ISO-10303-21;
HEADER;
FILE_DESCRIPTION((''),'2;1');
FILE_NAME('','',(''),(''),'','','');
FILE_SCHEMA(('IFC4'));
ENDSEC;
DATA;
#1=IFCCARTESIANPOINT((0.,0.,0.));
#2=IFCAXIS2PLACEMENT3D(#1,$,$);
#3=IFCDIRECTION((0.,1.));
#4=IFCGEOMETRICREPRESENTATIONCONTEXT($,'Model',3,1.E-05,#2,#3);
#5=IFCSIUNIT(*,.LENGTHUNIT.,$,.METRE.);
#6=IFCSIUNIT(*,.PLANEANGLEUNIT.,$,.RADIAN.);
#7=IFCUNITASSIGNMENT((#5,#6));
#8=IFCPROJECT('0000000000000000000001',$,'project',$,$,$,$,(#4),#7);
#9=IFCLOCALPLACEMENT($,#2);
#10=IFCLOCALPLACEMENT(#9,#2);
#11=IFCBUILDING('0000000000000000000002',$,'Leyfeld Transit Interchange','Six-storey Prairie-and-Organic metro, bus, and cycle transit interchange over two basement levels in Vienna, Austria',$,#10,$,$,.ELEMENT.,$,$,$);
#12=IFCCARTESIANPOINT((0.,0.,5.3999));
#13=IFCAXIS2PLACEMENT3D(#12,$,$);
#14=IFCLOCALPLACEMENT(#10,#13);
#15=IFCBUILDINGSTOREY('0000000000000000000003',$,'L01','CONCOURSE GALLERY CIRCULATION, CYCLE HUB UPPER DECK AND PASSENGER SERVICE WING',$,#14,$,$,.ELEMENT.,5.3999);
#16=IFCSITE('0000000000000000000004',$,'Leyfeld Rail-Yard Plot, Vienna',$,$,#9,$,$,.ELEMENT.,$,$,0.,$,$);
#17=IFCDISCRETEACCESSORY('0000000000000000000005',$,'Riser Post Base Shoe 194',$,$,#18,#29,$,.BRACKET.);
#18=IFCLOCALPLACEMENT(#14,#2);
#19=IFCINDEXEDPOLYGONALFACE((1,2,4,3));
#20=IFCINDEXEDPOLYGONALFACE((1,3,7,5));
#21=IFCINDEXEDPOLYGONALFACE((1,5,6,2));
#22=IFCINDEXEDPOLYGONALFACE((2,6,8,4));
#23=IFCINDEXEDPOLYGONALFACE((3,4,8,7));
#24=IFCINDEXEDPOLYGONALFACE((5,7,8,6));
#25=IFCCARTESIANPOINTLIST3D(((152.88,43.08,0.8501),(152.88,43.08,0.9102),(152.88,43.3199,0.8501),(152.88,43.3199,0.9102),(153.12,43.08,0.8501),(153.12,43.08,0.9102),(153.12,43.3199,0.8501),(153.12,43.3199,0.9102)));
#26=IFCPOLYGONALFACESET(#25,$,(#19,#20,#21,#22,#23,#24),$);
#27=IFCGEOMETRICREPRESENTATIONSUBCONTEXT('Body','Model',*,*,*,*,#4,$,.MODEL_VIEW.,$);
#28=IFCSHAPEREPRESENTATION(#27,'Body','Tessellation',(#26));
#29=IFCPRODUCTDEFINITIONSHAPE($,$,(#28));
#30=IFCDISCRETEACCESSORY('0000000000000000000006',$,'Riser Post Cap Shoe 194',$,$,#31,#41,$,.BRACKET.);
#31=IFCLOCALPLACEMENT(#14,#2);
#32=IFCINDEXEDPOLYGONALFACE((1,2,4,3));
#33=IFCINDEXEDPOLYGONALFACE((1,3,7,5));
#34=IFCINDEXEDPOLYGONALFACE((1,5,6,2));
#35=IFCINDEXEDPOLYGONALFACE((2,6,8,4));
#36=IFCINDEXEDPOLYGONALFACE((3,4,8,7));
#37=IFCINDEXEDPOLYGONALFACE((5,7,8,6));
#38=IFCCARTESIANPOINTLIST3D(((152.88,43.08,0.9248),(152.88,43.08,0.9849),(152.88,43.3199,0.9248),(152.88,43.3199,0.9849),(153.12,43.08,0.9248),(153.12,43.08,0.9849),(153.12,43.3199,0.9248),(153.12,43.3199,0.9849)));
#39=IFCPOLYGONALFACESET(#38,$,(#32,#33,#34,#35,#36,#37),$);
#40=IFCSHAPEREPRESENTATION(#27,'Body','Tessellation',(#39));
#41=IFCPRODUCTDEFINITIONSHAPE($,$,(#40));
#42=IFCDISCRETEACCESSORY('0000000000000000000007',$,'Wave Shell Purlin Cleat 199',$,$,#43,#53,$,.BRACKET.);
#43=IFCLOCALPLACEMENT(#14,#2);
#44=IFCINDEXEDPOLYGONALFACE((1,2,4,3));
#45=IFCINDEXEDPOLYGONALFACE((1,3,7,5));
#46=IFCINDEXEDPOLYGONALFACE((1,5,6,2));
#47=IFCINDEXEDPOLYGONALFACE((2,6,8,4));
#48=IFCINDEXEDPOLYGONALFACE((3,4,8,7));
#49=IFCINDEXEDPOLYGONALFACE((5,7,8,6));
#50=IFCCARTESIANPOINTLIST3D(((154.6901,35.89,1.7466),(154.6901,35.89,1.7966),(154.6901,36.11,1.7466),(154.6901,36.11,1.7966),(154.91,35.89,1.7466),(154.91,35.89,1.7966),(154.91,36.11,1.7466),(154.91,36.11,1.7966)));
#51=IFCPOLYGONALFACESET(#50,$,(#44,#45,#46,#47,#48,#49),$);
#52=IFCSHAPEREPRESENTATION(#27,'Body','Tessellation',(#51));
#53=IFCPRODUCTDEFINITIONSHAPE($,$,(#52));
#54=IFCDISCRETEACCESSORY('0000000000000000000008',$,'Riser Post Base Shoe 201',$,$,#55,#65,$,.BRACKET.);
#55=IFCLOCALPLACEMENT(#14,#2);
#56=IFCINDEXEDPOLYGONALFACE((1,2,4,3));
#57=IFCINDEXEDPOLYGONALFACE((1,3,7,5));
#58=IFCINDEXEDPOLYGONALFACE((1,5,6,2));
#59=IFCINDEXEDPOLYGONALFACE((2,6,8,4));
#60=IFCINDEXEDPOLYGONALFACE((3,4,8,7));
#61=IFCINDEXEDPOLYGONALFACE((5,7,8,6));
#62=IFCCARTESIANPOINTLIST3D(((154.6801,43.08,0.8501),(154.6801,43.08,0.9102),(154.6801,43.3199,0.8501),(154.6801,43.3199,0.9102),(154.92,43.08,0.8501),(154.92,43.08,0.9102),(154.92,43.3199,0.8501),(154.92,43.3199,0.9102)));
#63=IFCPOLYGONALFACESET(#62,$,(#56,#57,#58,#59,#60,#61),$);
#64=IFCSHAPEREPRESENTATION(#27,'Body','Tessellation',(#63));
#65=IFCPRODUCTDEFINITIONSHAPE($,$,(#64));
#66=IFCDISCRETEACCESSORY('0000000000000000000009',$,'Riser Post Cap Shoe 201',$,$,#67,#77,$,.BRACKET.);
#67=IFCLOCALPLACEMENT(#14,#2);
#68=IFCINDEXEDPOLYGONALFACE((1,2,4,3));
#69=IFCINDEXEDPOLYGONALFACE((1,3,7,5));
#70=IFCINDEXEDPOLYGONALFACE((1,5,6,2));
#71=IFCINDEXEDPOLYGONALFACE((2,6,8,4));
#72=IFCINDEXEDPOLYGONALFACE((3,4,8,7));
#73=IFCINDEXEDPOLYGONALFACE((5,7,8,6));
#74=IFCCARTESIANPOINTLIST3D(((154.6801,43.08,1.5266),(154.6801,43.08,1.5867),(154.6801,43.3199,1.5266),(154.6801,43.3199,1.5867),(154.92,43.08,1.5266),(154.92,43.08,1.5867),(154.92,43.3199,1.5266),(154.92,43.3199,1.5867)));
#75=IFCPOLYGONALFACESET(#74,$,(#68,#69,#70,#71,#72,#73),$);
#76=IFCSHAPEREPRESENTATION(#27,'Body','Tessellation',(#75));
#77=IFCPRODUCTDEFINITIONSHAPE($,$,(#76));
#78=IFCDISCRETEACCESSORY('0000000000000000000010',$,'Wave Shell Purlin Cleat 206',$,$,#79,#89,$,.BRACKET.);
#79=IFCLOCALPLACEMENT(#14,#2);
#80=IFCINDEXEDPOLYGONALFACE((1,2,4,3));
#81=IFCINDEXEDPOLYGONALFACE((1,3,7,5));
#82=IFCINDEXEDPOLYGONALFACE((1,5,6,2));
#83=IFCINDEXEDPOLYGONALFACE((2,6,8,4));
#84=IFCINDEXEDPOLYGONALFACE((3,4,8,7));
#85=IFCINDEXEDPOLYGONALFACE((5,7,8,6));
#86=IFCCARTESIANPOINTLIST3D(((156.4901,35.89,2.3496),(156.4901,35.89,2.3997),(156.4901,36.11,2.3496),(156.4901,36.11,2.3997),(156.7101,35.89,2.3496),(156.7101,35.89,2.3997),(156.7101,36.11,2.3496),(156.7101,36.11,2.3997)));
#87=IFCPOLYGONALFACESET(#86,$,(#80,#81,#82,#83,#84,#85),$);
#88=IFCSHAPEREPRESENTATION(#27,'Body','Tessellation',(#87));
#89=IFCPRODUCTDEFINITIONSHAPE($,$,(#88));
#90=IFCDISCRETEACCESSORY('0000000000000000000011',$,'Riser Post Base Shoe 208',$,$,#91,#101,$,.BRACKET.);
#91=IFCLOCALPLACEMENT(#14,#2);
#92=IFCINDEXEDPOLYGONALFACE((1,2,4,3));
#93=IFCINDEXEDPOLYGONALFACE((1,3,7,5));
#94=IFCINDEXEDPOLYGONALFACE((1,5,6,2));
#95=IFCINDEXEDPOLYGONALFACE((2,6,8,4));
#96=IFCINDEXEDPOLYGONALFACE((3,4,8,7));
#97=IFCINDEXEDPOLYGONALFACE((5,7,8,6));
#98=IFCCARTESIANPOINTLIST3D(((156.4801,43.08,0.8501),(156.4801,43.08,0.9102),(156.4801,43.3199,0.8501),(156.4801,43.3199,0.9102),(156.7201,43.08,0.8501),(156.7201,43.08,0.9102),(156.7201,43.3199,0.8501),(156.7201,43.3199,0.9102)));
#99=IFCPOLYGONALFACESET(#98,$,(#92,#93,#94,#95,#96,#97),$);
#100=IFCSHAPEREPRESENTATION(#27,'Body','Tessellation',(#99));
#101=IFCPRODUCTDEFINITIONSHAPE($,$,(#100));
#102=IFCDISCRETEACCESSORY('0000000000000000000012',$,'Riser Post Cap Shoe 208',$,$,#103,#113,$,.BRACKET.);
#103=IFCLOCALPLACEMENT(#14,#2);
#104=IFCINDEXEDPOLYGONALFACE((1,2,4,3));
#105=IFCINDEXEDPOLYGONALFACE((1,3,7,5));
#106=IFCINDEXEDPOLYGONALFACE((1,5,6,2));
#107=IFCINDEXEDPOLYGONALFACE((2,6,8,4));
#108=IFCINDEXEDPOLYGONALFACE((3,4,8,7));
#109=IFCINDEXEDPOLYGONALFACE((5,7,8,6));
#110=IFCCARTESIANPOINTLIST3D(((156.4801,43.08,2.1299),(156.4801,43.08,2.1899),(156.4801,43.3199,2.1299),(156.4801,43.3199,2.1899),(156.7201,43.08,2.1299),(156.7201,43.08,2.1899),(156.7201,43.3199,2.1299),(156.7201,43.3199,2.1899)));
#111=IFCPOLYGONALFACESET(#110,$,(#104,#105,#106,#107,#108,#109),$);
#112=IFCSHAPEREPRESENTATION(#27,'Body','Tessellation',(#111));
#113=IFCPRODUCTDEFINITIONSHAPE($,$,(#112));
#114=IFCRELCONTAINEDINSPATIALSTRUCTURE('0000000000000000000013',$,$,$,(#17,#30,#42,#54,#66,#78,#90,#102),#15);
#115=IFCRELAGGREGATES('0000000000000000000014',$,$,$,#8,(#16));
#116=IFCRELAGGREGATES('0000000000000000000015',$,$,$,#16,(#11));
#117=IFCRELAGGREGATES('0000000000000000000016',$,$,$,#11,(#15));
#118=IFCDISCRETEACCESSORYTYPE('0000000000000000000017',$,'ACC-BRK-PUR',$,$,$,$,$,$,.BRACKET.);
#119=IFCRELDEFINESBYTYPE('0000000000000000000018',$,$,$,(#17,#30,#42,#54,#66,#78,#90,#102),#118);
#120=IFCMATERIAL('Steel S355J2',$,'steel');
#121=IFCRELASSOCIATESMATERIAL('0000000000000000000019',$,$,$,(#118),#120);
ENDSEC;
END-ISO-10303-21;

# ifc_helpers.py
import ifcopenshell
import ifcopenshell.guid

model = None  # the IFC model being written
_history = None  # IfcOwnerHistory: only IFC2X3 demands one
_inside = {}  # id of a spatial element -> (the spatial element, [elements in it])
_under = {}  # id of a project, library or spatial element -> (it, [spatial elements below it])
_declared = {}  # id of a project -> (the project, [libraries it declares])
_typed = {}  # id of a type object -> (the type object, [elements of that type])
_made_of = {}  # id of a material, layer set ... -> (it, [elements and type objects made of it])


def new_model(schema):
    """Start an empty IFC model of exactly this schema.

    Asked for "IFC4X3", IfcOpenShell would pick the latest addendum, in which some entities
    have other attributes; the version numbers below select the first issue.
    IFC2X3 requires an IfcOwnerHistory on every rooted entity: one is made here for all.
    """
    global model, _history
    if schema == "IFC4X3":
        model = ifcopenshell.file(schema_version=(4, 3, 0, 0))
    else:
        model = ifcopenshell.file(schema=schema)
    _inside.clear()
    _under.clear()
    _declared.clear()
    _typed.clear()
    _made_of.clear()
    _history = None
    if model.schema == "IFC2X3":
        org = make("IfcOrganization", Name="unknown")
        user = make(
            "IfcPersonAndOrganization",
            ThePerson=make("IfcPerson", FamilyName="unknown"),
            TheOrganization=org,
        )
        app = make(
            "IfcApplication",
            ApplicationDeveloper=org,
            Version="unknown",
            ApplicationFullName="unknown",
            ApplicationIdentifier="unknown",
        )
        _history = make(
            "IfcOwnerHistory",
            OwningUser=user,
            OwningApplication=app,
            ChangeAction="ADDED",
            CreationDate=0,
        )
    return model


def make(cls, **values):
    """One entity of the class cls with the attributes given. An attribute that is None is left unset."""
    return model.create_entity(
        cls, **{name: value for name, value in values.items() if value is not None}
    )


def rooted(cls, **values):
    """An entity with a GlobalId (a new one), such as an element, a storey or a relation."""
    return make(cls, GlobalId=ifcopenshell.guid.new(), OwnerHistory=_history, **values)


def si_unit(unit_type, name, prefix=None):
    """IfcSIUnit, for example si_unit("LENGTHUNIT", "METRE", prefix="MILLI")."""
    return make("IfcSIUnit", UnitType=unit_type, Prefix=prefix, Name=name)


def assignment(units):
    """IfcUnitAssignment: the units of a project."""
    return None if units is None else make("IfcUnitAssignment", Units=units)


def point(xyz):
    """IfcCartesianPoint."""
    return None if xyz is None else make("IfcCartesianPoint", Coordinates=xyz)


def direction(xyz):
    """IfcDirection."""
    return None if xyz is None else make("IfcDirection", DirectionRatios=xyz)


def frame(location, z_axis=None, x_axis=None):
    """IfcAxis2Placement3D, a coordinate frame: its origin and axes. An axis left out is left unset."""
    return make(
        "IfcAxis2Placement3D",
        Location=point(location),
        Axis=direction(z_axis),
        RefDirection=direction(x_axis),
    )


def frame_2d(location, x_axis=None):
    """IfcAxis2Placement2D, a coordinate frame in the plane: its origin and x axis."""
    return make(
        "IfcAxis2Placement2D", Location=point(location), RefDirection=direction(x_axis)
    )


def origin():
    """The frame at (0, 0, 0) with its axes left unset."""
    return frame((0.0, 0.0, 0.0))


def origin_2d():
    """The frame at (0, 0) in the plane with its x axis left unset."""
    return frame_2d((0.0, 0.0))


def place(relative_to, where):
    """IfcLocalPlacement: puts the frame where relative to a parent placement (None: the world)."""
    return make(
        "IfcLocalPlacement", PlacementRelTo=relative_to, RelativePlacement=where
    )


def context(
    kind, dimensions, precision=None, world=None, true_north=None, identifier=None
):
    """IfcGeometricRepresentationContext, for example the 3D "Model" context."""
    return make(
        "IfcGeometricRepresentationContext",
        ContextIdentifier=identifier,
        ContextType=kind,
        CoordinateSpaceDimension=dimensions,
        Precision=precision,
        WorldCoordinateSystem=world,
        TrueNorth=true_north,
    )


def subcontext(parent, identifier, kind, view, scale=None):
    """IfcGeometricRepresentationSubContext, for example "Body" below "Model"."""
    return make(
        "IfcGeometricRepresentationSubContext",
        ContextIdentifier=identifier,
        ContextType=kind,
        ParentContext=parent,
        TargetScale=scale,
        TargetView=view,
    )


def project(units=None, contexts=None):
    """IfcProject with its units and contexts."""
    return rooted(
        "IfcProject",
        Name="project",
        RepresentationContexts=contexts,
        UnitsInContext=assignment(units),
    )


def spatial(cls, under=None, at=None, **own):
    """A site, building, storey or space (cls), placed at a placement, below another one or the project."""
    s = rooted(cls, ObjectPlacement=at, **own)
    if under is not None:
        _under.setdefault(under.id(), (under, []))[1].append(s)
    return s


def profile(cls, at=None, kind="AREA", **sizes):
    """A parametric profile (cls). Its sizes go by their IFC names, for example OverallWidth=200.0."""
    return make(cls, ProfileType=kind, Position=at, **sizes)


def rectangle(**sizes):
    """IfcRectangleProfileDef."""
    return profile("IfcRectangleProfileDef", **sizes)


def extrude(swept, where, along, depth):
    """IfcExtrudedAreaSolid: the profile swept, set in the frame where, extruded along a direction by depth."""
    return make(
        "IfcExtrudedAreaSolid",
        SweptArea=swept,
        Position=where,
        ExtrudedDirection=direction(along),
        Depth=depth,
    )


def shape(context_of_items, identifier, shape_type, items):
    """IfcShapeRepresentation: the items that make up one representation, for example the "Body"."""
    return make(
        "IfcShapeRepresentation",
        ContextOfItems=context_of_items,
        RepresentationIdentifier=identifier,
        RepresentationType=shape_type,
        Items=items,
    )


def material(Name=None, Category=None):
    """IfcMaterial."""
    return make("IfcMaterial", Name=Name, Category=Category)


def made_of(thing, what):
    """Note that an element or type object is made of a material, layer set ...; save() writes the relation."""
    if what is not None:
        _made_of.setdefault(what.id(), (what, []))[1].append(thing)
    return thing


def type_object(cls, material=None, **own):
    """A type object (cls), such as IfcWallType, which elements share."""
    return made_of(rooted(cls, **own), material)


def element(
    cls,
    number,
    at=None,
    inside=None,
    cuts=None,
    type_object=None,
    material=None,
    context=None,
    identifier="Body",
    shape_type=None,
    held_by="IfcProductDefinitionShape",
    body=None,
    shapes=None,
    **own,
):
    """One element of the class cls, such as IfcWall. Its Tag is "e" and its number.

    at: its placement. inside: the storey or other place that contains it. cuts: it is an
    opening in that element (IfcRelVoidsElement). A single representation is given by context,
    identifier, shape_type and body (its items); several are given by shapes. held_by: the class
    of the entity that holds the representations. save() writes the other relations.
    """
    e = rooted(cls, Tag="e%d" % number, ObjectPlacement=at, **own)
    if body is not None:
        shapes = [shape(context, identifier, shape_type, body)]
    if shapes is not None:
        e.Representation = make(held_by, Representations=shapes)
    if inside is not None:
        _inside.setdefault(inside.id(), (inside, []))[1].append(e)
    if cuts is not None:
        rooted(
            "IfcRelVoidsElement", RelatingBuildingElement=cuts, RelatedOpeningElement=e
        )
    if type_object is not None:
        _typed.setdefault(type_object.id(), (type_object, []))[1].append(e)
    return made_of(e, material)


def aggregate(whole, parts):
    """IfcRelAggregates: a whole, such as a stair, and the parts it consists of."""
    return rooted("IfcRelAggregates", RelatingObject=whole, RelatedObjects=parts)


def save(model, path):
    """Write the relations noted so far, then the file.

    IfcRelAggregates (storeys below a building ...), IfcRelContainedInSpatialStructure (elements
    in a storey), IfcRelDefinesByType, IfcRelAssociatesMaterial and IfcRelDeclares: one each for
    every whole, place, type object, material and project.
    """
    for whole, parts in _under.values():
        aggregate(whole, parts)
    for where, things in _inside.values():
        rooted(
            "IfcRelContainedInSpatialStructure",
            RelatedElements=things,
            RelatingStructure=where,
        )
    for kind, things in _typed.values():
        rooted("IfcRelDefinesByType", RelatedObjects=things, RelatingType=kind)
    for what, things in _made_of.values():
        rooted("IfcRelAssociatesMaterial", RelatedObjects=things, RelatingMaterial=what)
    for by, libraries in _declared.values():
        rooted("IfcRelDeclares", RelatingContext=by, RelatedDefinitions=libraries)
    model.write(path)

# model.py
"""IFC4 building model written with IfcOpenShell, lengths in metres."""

from ifc_helpers import new_model, si_unit, direction, frame, origin, origin_2d, place, context, subcontext, project, spatial, rectangle, extrude, material, type_object, element, save


model = new_model("IFC4")

# Units and contexts
model_context = context("Model", 3, precision=1e-05, world=origin(), true_north=direction((0.0, 1.0)))
body_context = subcontext(model_context, "Body", "Model", "MODEL_VIEW")
ifc_project = project(units=[si_unit("LENGTHUNIT", "METRE"), si_unit("PLANEANGLEUNIT", "RADIAN")], contexts=[model_context])

# Site, building, storey
site_placement = place(None, origin())
site = spatial("IfcSite", under=ifc_project, at=site_placement, Name="Leyfeld Rail-Yard Plot, Vienna", CompositionType="ELEMENT", RefElevation=0.0)
building_placement = place(site_placement, origin())
building = spatial("IfcBuilding", under=site, at=building_placement, Name="Leyfeld Transit Interchange", Description="Six-storey Prairie-and-Organic metro, bus, and cycle transit interchange over two basement levels in Vienna, Austria", CompositionType="ELEMENT")
storey_placement = place(building_placement, frame((0.0, 0.0, 5.3999)))
storey = spatial("IfcBuildingStorey", under=building, at=storey_placement, Name="L01", Description="CONCOURSE GALLERY CIRCULATION, CYCLE HUB UPPER DECK AND PASSENGER SERVICE WING", CompositionType="ELEMENT", Elevation=5.3999)

# Shared definitions
ifc_material_1 = material(Name="Steel S355J2", Category="steel")

# Discrete accessories
discrete_accessory_type = type_object("IfcDiscreteAccessoryType", Name="ACC-BRK-PUR", PredefinedType="BRACKET", material=ifc_material_1)
for number, where, z_axis, x_axis, name in (
    (1, (153.0, 43.2, 0.8501), (0.0, 0.0, 1.0), (1.0, 0.0, 0.0), "Riser Post Base Shoe 194"),
    (2, (153.0, 43.2, 0.9248), (0.0, 0.0, 1.0), (1.0, 0.0, 0.0), "Riser Post Cap Shoe 194"),
):
    element("IfcDiscreteAccessory", number, at=place(storey_placement, frame(where, z_axis=z_axis, x_axis=x_axis)), inside=storey, type_object=discrete_accessory_type, Name=name, PredefinedType="BRACKET", context=body_context, shape_type="SweptSolid", body=[
        extrude(rectangle(XDim=0.24, YDim=0.24, at=origin_2d()), origin(), (0.0, 0.0, 1.0), 0.0601),
    ])
discrete_accessory_1_placement = place(storey_placement, frame((154.8, 36.0, 1.7466), z_axis=(0.0, 0.0, 1.0), x_axis=(1.0, 0.0, 0.0)))
element("IfcDiscreteAccessory", 3, at=discrete_accessory_1_placement, inside=storey, type_object=discrete_accessory_type, Name="Wave Shell Purlin Cleat 199", PredefinedType="BRACKET", context=body_context, shape_type="SweptSolid", body=[
    extrude(rectangle(XDim=0.22, YDim=0.22, at=origin_2d()), origin(), (0.0, 0.0, 1.0), 0.05),
])
for number, where, z_axis, x_axis, name in (
    (4, (154.8, 43.2, 0.8501), (0.0, 0.0, 1.0), (1.0, 0.0, 0.0), "Riser Post Base Shoe 201"),
    (5, (154.8, 43.2, 1.5266), (0.0, 0.0, 1.0), (1.0, 0.0, 0.0), "Riser Post Cap Shoe 201"),
):
    element("IfcDiscreteAccessory", number, at=place(storey_placement, frame(where, z_axis=z_axis, x_axis=x_axis)), inside=storey, type_object=discrete_accessory_type, Name=name, PredefinedType="BRACKET", context=body_context, shape_type="SweptSolid", body=[
        extrude(rectangle(XDim=0.24, YDim=0.24, at=origin_2d()), origin(), (0.0, 0.0, 1.0), 0.0601),
    ])
discrete_accessory_2_placement = place(storey_placement, frame((156.6001, 36.0, 2.3496), z_axis=(0.0, 0.0, 1.0), x_axis=(1.0, 0.0, 0.0)))
element("IfcDiscreteAccessory", 6, at=discrete_accessory_2_placement, inside=storey, type_object=discrete_accessory_type, Name="Wave Shell Purlin Cleat 206", PredefinedType="BRACKET", context=body_context, shape_type="SweptSolid", body=[
    extrude(rectangle(XDim=0.22, YDim=0.22, at=origin_2d()), origin(), (0.0, 0.0, 1.0), 0.05),
])
for number, where, z_axis, x_axis, name in (
    (7, (156.6001, 43.2, 0.8501), (0.0, 0.0, 1.0), (1.0, 0.0, 0.0), "Riser Post Base Shoe 208"),
    (8, (156.6001, 43.2, 2.1299), (0.0, 0.0, 1.0), (1.0, 0.0, 0.0), "Riser Post Cap Shoe 208"),
):
    element("IfcDiscreteAccessory", number, at=place(storey_placement, frame(where, z_axis=z_axis, x_axis=x_axis)), inside=storey, type_object=discrete_accessory_type, Name=name, PredefinedType="BRACKET", context=body_context, shape_type="SweptSolid", body=[
        extrude(rectangle(XDim=0.24, YDim=0.24, at=origin_2d()), origin(), (0.0, 0.0, 1.0), 0.0601),
    ])

save(model, "model.ifc")
